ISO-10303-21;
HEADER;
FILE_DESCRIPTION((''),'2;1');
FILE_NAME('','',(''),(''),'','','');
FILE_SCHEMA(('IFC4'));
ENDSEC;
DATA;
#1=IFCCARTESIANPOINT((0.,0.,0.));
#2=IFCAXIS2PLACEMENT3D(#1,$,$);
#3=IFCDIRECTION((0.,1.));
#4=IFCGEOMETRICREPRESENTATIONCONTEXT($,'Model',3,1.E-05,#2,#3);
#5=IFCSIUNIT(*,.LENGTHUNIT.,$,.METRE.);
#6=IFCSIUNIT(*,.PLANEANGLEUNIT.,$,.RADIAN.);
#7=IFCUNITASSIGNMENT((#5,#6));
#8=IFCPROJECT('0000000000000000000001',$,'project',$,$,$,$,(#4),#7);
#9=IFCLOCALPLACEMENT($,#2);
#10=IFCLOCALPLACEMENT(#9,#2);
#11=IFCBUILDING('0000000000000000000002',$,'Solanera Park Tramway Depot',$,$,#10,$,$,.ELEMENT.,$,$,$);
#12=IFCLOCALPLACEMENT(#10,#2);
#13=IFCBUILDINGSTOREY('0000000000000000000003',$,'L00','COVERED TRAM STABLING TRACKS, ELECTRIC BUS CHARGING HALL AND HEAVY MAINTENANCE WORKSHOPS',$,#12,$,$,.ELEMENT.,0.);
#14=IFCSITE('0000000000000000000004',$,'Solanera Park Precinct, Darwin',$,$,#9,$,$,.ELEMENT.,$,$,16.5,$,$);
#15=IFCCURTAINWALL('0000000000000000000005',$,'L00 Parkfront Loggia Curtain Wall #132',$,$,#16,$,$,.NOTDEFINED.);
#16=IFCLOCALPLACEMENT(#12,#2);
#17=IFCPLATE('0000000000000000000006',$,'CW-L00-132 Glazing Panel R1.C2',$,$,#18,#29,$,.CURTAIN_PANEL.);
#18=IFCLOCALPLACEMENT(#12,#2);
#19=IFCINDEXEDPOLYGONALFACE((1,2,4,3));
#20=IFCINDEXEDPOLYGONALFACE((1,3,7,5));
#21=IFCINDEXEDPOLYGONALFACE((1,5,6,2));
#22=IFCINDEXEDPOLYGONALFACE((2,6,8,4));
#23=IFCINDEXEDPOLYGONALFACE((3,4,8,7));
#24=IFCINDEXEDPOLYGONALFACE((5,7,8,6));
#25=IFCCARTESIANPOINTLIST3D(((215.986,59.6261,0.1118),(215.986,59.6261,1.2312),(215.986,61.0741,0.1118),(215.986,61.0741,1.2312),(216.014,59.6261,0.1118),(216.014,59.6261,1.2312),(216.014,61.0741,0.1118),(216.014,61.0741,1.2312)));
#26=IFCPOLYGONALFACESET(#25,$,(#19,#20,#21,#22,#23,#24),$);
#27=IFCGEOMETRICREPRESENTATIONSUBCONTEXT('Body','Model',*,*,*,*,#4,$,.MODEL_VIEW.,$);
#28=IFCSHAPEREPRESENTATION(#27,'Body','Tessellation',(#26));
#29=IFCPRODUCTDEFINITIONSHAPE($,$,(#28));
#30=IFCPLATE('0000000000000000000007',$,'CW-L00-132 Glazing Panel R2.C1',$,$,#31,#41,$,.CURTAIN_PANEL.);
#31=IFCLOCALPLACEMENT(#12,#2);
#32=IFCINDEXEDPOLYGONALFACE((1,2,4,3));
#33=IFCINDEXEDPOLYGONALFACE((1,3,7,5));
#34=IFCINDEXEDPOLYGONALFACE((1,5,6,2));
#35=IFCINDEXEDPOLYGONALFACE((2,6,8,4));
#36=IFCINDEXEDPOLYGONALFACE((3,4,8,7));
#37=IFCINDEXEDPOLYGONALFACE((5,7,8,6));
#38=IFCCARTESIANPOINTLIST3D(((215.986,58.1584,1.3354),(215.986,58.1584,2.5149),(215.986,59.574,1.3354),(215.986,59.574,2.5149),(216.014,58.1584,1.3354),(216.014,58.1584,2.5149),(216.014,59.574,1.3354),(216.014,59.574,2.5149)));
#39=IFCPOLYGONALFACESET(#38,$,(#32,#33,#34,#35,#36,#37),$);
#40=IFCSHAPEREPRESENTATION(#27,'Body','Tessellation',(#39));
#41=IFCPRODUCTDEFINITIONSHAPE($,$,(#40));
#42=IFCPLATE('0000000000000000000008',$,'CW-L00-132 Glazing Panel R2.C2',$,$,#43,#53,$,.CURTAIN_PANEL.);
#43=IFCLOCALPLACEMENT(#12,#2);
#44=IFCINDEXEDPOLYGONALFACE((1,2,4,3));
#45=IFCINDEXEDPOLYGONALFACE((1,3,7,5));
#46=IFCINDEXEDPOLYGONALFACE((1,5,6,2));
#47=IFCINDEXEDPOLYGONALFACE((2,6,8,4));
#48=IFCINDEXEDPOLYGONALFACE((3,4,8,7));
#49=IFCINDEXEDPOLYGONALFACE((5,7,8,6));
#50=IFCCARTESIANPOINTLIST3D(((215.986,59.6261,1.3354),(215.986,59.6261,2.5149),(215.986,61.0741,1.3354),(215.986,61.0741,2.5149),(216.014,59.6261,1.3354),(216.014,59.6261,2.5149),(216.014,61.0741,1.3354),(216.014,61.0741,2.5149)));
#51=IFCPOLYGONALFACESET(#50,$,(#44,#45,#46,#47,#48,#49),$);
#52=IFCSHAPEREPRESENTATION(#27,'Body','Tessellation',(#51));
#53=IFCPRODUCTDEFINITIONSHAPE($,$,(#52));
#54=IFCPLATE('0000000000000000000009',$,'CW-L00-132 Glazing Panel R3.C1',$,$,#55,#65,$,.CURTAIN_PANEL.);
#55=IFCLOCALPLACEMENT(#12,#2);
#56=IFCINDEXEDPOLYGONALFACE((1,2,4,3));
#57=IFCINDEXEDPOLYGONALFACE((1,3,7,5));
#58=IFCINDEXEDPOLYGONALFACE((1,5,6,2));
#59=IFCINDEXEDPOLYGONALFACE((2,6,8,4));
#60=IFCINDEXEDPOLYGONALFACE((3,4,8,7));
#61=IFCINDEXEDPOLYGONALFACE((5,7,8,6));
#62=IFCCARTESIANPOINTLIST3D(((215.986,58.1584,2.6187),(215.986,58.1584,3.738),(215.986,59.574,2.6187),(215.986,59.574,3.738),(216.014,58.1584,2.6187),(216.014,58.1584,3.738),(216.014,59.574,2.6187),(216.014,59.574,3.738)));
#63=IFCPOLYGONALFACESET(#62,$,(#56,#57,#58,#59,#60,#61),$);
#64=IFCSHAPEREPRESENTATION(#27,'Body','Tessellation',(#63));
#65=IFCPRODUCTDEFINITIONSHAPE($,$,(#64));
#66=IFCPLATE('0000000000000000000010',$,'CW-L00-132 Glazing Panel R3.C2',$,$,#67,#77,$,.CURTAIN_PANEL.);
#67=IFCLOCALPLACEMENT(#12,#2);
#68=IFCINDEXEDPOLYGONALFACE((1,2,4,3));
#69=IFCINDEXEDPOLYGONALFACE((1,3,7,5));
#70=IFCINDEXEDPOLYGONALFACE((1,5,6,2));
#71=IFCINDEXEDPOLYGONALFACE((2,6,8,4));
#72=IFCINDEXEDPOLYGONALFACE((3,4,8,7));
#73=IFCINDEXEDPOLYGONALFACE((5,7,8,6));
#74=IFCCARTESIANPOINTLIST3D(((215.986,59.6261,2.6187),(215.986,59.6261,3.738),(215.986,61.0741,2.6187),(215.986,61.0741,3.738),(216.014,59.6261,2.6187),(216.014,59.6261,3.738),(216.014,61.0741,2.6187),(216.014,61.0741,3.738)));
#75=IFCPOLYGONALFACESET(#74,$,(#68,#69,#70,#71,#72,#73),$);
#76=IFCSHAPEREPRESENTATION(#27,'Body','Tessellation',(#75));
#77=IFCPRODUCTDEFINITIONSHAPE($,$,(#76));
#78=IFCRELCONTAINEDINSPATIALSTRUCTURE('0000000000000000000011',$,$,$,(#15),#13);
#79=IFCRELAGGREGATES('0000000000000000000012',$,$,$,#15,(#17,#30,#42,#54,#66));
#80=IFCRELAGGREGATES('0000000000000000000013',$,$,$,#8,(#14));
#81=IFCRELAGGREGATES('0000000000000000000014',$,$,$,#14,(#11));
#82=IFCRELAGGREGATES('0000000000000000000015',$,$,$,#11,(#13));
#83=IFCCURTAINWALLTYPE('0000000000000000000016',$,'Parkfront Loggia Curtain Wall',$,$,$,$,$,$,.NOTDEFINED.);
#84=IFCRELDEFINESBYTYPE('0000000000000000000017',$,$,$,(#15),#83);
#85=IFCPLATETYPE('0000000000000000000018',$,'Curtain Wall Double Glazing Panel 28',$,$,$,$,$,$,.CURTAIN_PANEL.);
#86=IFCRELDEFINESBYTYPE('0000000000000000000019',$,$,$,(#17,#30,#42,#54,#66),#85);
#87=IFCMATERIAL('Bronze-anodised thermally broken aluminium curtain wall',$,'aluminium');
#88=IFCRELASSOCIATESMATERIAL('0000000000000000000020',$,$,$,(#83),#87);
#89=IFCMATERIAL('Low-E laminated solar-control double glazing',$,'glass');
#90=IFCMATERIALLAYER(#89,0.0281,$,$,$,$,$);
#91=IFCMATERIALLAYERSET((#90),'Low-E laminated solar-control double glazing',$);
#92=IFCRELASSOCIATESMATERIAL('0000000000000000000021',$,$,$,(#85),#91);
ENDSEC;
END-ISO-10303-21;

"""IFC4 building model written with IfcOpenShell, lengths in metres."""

from ifc_helpers import new_model, si_unit, direction, frame, origin, origin_2d, place, context, subcontext, project, spatial, rectangle, extrude, material, layer, layer_set, type_object, element, aggregate, save


model = new_model("IFC4")

# Units and contexts
model_context = context("Model", 3, precision=1e-05, world=origin(), true_north=direction((0.0, 1.0)))
body_context = subcontext(model_context, "Body", "Model", "MODEL_VIEW")
ifc_project = project(units=[si_unit("LENGTHUNIT", "METRE"), si_unit("PLANEANGLEUNIT", "RADIAN")], contexts=[model_context])

# Site, building, storey
site_placement = place(None, origin())
site = spatial("IfcSite", under=ifc_project, at=site_placement, Name="Solanera Park Precinct, Darwin", CompositionType="ELEMENT", RefElevation=16.5)
building_placement = place(site_placement, origin())
building = spatial("IfcBuilding", under=site, at=building_placement, Name="Solanera Park Tramway Depot", CompositionType="ELEMENT")
storey_placement = place(building_placement, origin())
storey = spatial("IfcBuildingStorey", under=building, at=storey_placement, Name="L00", Description="COVERED TRAM STABLING TRACKS, ELECTRIC BUS CHARGING HALL AND HEAVY MAINTENANCE WORKSHOPS", CompositionType="ELEMENT", Elevation=0.0)

# Curtain wall, plates
ifc_material_1 = material(Name="Bronze-anodised thermally broken aluminium curtain wall", Category="aluminium")
curtain_wall_type = type_object("IfcCurtainWallType", Name="Parkfront Loggia Curtain Wall", PredefinedType="NOTDEFINED", material=ifc_material_1)
curtain_wall_placement = place(storey_placement, origin())
curtain_wall = element("IfcCurtainWall", 1, at=curtain_wall_placement, inside=storey, type_object=curtain_wall_type, Name="L00 Parkfront Loggia Curtain Wall #132", PredefinedType="NOTDEFINED")
ifc_material_2 = material(Name="Low-E laminated solar-control double glazing", Category="glass")
ifc_layer = layer(ifc_material_2, 0.0281)
ifc_layer_set = layer_set([ifc_layer], Name="Low-E laminated solar-control double glazing")
plate_type = type_object("IfcPlateType", Name="Curtain Wall Double Glazing Panel 28", PredefinedType="CURTAIN_PANEL", material=ifc_layer_set)
plate_1_placement = place(storey_placement, frame((216.0, 60.3501, 0.1118), z_axis=(0.0, 0.0, 1.0), x_axis=(0.0, 1.0, 0.0)))
plate_1 = element("IfcPlate", 2, at=plate_1_placement, type_object=plate_type, Name="CW-L00-132 Glazing Panel R1.C2", PredefinedType="CURTAIN_PANEL", context=body_context, shape_type="SweptSolid", body=[
    extrude(rectangle(XDim=1.448, YDim=0.0281, at=origin_2d()), origin(), (0.0, 0.0, 1.0), 1.1194),
])
plate_2_placement = place(storey_placement, frame((216.0, 58.8662, 1.3354), z_axis=(0.0, 0.0, 1.0), x_axis=(0.0, 1.0, 0.0)))
plate_2 = element("IfcPlate", 3, at=plate_2_placement, type_object=plate_type, Name="CW-L00-132 Glazing Panel R2.C1", PredefinedType="CURTAIN_PANEL", context=body_context, shape_type="SweptSolid", body=[
    extrude(rectangle(XDim=1.4155, YDim=0.0281, at=origin_2d()), origin(), (0.0, 0.0, 1.0), 1.1794),
])
plate_3_placement = place(storey_placement, frame((216.0, 60.3501, 1.3354), z_axis=(0.0, 0.0, 1.0), x_axis=(0.0, 1.0, 0.0)))
plate_3 = element("IfcPlate", 4, at=plate_3_placement, type_object=plate_type, Name="CW-L00-132 Glazing Panel R2.C2", PredefinedType="CURTAIN_PANEL", context=body_context, shape_type="SweptSolid", body=[
    extrude(rectangle(XDim=1.448, YDim=0.0281, at=origin_2d()), origin(), (0.0, 0.0, 1.0), 1.1794),
])
plate_4_placement = place(storey_placement, frame((216.0, 58.8662, 2.6187), z_axis=(0.0, 0.0, 1.0), x_axis=(0.0, 1.0, 0.0)))
plate_4 = element("IfcPlate", 5, at=plate_4_placement, type_object=plate_type, Name="CW-L00-132 Glazing Panel R3.C1", PredefinedType="CURTAIN_PANEL", context=body_context, shape_type="SweptSolid", body=[
    extrude(rectangle(XDim=1.4155, YDim=0.0281, at=origin_2d()), origin(), (0.0, 0.0, 1.0), 1.1194),
])
plate_5_placement = place(storey_placement, frame((216.0, 60.3501, 2.6187), z_axis=(0.0, 0.0, 1.0), x_axis=(0.0, 1.0, 0.0)))
plate_5 = element("IfcPlate", 6, at=plate_5_placement, type_object=plate_type, Name="CW-L00-132 Glazing Panel R3.C2", PredefinedType="CURTAIN_PANEL", context=body_context, shape_type="SweptSolid", body=[
    extrude(rectangle(XDim=1.448, YDim=0.0281, at=origin_2d()), origin(), (0.0, 0.0, 1.0), 1.1194),
])
aggregate(curtain_wall, [plate_1, plate_2, plate_3, plate_4, plate_5])

save(model, "model.ifc")
